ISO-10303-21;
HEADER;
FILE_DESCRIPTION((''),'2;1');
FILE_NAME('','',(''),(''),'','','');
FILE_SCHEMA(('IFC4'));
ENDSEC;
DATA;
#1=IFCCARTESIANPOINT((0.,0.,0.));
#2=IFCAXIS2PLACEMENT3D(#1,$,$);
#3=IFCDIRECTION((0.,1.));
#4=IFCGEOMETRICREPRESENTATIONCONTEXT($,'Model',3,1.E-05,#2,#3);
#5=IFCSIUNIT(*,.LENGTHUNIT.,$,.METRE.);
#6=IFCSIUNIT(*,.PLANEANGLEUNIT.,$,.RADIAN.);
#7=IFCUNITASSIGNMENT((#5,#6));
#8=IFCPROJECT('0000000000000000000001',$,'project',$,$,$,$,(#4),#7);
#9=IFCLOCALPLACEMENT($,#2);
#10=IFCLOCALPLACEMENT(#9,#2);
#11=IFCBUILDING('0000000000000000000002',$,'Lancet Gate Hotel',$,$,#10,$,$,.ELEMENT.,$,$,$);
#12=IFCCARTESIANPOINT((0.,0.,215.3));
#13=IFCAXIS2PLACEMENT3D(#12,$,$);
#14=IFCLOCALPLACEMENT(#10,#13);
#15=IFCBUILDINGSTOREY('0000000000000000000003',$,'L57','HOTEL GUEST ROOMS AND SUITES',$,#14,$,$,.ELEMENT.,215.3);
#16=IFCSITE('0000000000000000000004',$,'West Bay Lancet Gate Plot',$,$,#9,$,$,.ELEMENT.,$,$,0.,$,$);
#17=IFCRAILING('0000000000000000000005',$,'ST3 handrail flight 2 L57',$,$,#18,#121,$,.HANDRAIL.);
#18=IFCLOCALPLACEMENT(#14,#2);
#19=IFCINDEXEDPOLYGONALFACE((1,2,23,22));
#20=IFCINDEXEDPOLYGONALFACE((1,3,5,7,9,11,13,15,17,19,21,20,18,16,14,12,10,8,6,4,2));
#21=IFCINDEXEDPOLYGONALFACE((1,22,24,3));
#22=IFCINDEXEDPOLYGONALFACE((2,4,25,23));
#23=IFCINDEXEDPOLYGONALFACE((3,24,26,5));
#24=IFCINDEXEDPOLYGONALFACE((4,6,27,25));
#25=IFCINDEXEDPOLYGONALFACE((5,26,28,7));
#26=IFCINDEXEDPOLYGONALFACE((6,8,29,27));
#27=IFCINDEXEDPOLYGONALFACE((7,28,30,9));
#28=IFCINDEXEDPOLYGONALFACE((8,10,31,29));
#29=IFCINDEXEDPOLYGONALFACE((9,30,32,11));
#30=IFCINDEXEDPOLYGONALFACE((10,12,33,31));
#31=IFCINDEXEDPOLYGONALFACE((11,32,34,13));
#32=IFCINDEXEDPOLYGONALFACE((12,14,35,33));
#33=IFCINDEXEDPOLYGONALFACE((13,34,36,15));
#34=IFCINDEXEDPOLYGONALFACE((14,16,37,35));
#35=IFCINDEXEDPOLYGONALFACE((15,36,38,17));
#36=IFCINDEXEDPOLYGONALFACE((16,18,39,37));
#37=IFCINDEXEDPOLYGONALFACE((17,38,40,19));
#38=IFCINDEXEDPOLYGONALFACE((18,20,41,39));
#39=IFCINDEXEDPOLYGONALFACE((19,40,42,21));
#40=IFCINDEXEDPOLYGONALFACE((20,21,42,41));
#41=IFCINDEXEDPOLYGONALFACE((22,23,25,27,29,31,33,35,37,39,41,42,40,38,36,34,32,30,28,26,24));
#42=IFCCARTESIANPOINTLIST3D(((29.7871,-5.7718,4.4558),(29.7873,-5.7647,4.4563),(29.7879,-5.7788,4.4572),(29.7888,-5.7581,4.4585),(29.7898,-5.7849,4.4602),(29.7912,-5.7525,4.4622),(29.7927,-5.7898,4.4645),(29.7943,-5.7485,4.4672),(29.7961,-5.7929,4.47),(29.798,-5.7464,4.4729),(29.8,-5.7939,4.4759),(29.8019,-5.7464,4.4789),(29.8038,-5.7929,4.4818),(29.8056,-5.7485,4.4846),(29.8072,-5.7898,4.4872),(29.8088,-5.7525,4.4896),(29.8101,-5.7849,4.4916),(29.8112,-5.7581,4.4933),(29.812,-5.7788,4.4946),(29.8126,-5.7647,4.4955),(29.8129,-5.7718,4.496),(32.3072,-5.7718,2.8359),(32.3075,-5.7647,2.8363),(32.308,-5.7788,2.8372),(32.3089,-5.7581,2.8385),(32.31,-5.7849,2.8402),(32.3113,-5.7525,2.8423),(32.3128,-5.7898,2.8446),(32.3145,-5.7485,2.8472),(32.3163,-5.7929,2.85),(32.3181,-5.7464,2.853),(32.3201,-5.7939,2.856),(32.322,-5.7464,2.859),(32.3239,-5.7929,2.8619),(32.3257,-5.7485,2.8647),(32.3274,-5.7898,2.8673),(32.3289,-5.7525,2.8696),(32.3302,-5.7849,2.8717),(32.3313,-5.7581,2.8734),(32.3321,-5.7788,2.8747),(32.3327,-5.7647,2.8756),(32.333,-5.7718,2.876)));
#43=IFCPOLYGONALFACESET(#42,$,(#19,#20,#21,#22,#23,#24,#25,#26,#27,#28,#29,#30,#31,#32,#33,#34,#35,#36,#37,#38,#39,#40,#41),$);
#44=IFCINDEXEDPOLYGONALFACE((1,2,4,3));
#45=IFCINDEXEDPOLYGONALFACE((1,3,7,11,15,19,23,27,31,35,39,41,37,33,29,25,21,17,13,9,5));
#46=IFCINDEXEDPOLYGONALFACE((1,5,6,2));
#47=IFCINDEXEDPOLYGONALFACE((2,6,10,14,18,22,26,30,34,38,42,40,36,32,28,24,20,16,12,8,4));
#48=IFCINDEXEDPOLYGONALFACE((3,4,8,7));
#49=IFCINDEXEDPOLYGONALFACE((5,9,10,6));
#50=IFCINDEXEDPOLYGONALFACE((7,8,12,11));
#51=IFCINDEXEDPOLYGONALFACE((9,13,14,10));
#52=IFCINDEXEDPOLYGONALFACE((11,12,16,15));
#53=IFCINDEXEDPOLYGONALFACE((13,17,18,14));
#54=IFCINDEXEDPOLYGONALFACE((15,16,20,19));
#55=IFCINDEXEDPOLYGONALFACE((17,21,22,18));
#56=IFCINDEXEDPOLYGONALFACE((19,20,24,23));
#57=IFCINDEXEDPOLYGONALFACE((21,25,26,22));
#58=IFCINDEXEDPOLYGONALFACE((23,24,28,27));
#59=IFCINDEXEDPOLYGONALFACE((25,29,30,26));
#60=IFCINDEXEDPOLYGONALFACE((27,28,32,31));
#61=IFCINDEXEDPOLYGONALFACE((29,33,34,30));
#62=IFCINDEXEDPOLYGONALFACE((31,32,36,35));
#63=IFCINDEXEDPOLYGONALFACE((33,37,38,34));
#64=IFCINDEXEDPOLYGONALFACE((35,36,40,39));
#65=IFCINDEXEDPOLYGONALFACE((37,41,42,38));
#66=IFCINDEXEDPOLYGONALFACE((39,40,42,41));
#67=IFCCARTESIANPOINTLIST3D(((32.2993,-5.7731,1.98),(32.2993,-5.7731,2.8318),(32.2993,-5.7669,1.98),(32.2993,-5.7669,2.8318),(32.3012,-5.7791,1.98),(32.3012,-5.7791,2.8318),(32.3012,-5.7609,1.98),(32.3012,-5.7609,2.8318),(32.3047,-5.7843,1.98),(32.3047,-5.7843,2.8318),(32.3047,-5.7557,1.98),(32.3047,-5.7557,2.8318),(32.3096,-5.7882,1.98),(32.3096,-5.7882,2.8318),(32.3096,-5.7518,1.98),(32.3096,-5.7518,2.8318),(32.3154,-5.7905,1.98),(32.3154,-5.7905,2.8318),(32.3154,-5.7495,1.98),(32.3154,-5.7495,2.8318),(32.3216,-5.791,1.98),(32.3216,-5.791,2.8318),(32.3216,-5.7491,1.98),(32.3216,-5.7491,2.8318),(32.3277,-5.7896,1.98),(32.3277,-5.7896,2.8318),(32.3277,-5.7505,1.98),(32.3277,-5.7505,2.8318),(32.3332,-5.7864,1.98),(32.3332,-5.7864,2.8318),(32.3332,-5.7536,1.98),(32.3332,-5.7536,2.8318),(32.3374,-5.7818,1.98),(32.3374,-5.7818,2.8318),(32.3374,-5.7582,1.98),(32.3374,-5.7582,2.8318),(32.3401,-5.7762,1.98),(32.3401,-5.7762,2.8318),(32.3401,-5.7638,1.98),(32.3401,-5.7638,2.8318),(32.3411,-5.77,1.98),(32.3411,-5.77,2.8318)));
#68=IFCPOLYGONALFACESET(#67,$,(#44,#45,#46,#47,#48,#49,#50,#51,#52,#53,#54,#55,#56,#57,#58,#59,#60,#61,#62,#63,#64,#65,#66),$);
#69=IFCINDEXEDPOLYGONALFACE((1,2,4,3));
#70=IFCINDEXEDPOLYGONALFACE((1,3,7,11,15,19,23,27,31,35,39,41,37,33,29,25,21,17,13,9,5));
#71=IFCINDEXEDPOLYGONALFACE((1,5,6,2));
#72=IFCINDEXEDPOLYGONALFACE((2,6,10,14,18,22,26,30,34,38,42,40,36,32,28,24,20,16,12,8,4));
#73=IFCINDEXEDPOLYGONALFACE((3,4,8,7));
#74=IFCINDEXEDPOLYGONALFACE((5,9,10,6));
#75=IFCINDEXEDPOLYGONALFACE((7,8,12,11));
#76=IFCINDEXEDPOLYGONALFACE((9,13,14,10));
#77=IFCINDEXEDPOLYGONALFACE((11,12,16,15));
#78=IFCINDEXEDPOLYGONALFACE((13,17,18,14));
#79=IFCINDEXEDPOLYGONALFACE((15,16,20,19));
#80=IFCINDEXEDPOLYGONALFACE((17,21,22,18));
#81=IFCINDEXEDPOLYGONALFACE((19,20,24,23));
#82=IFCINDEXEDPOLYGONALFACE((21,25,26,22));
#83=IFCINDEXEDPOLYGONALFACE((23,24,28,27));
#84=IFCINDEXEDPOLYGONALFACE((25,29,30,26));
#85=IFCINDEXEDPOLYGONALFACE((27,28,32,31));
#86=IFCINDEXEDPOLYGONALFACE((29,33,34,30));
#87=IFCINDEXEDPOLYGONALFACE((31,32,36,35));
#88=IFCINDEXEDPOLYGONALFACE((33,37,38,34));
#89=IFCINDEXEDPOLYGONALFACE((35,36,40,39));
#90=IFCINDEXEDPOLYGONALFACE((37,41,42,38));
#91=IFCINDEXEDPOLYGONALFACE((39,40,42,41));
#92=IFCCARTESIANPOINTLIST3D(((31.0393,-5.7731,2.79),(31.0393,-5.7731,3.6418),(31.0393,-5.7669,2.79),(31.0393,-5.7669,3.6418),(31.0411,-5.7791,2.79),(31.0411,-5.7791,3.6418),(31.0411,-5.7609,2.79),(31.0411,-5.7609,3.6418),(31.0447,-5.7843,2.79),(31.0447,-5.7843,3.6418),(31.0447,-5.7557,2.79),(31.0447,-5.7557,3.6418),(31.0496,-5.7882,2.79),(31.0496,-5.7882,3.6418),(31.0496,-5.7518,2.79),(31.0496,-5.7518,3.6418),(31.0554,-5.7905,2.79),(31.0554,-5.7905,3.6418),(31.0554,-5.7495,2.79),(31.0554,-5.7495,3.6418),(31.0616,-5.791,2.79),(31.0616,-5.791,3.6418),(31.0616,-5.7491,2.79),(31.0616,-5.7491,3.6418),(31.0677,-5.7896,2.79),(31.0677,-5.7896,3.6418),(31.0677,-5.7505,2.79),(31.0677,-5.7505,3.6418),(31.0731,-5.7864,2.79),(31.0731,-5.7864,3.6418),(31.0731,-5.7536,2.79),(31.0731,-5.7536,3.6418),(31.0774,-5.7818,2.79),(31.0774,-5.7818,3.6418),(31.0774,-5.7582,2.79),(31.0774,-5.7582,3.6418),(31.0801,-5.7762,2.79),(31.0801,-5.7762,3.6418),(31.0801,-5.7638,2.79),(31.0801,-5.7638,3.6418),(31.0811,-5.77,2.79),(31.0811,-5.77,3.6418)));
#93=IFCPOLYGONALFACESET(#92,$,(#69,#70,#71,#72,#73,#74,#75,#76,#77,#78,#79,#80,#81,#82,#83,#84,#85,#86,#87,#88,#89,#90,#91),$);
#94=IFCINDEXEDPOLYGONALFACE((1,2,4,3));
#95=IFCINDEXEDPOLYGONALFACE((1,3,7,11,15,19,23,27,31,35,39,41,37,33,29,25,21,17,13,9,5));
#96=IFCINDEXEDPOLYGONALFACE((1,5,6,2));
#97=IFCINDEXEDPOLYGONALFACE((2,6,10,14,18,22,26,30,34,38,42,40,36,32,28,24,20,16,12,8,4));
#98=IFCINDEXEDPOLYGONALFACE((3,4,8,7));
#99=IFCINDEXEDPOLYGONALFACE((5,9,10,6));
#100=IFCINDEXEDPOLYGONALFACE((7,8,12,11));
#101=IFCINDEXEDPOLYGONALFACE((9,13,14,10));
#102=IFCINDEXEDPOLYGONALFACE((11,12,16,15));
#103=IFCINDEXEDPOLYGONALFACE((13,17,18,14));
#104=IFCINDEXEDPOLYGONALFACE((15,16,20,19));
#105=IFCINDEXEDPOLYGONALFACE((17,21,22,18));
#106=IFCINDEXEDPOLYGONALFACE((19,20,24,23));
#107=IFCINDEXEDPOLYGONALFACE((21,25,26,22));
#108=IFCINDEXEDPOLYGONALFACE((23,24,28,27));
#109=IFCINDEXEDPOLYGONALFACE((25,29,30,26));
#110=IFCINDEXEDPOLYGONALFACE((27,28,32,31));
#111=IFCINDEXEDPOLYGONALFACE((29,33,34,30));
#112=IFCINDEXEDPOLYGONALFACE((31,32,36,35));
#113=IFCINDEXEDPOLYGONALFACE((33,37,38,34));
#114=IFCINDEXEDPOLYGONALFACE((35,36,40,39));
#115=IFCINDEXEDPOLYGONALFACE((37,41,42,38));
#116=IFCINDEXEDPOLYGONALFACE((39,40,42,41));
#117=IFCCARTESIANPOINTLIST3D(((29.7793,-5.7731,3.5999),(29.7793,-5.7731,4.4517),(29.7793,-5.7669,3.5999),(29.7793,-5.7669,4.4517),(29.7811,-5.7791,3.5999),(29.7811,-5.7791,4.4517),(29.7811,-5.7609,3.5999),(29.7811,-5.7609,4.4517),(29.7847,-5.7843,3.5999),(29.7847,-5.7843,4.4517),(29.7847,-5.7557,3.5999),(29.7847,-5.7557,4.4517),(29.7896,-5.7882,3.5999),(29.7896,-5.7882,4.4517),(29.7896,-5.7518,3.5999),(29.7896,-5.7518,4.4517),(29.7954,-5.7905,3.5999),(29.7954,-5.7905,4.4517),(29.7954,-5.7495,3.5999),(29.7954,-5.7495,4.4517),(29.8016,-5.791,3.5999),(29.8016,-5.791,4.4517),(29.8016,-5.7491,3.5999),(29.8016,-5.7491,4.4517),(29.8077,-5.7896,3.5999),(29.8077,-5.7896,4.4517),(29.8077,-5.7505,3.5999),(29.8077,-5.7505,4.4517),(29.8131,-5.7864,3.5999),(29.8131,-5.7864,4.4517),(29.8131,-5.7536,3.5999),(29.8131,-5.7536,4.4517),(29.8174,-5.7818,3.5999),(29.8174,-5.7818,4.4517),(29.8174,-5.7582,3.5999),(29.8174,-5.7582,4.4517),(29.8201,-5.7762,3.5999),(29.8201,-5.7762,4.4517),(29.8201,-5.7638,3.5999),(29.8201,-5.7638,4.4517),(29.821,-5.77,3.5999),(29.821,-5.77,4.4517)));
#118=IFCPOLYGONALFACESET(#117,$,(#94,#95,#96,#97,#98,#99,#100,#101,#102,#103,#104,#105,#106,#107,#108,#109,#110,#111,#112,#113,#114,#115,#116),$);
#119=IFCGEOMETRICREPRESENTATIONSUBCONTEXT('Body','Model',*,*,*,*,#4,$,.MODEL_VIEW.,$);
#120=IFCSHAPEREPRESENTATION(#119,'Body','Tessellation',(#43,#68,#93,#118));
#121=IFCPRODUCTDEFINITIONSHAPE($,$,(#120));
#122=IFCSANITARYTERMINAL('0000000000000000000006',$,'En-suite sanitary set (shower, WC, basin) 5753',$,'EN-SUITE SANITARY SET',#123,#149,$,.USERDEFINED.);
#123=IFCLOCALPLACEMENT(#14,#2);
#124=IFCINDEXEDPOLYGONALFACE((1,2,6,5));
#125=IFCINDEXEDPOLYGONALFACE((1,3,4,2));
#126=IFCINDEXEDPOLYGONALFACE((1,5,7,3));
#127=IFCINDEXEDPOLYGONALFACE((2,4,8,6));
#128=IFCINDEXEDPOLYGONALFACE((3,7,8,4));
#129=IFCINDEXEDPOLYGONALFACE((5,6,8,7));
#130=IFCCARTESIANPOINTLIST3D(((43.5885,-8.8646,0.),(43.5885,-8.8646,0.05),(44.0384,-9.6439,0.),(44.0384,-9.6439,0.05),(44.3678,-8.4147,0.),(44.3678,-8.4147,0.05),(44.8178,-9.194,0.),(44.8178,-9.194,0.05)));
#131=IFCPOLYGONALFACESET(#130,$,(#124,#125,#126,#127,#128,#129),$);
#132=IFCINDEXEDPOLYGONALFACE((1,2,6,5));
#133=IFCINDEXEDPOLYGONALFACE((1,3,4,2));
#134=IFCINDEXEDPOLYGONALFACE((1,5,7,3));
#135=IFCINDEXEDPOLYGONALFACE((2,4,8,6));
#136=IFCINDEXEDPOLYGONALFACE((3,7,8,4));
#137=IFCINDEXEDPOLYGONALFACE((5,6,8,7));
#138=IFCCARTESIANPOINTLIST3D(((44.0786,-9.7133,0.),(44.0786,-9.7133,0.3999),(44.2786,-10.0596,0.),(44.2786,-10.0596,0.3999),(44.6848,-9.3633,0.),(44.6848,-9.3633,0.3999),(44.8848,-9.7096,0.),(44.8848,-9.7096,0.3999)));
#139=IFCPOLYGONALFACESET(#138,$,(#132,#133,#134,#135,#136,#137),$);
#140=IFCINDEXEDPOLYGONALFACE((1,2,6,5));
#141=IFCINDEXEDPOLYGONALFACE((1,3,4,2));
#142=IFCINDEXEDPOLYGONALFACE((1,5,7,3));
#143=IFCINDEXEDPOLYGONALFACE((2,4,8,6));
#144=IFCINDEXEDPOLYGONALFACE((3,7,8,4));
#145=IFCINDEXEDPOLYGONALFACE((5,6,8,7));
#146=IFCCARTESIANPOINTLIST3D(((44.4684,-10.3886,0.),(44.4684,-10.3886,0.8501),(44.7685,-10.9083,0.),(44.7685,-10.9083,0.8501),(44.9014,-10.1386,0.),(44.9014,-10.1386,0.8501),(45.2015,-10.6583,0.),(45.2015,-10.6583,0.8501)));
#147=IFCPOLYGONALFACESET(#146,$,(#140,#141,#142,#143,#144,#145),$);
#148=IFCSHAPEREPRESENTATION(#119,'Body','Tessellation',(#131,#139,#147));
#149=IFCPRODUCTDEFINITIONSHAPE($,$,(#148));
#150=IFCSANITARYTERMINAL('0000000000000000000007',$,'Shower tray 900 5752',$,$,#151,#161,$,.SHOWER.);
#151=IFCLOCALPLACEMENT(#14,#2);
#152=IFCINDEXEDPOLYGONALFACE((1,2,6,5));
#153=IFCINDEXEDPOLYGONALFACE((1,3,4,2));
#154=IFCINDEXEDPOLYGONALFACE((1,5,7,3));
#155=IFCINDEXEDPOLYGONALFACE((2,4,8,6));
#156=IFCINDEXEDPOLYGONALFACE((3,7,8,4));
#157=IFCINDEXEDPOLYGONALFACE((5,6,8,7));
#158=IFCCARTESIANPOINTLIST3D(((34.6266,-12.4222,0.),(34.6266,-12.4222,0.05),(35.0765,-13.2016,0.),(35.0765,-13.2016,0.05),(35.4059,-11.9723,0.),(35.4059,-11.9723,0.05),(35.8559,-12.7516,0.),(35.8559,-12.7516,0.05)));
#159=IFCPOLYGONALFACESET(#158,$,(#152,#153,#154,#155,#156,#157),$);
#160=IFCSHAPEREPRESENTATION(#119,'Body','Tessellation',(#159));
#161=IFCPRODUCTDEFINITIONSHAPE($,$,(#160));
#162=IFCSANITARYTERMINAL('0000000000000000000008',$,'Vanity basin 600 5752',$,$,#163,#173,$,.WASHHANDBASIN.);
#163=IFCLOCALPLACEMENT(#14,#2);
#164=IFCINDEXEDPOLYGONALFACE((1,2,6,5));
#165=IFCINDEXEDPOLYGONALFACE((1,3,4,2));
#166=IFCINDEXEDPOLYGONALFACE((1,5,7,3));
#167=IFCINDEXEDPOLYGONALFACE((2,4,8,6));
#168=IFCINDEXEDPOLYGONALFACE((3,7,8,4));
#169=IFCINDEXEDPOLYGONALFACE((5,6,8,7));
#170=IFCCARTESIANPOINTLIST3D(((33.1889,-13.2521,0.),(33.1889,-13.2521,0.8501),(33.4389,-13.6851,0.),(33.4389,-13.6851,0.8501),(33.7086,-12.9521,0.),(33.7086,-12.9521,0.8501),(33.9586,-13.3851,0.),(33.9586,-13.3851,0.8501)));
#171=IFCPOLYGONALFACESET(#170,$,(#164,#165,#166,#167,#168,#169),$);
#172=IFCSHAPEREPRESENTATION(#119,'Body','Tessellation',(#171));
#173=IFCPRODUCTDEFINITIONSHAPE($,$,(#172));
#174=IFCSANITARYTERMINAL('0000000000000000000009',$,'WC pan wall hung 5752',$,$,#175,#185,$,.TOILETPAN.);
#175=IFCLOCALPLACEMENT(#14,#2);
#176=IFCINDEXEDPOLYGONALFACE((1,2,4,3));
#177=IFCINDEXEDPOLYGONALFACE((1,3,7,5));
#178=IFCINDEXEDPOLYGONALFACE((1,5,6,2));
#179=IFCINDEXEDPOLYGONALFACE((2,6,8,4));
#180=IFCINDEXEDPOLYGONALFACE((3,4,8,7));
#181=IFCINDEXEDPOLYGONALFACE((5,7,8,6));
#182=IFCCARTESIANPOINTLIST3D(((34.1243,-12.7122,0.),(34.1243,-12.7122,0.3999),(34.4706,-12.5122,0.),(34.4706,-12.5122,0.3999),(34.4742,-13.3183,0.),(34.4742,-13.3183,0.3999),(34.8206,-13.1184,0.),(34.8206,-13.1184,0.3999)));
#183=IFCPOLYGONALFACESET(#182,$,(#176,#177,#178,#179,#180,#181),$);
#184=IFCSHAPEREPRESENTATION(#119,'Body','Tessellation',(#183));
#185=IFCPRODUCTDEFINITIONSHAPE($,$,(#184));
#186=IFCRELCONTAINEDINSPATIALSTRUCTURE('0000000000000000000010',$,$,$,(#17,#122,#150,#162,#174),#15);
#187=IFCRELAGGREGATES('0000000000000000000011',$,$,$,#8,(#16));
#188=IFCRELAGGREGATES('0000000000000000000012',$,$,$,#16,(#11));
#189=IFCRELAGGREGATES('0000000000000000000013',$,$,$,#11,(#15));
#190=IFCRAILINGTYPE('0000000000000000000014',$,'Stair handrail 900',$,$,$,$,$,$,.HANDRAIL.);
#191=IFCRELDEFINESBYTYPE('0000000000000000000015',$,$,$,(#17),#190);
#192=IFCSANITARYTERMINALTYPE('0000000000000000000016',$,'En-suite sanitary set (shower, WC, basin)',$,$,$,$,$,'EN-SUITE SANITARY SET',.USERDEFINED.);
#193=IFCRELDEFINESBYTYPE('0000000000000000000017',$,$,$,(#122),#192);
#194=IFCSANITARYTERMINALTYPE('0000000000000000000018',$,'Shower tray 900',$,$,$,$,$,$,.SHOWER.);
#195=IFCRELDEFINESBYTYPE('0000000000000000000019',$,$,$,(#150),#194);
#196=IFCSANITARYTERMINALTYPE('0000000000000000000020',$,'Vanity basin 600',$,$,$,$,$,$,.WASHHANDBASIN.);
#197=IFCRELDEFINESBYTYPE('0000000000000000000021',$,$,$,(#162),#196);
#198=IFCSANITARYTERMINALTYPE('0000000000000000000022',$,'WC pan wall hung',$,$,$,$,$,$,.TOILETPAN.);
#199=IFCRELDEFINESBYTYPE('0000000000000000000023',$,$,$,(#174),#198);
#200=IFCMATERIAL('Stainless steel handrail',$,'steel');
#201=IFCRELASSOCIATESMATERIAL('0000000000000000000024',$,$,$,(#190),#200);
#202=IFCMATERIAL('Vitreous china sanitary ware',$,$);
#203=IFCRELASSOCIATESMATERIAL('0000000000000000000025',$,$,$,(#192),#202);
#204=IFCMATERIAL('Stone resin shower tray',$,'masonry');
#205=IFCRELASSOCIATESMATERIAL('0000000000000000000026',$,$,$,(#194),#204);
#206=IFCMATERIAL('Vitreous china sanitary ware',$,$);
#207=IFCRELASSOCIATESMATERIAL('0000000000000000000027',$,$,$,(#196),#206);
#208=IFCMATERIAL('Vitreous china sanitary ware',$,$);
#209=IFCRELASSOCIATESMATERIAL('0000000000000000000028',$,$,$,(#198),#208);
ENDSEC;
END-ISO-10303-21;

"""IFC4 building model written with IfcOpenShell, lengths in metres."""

from ifc_helpers import new_model, si_unit, direction, frame, origin, origin_2d, place, context, subcontext, project, spatial, rectangle, circle, extrude, material, type_object, element, save


model = new_model("IFC4")

# Units and contexts
model_context = context("Model", 3, precision=1e-05, world=origin(), true_north=direction((0.0, 1.0)))
body_context = subcontext(model_context, "Body", "Model", "MODEL_VIEW")
ifc_project = project(units=[si_unit("LENGTHUNIT", "METRE"), si_unit("PLANEANGLEUNIT", "RADIAN")], contexts=[model_context])

# Site, building, storey
site_placement = place(None, origin())
site = spatial("IfcSite", under=ifc_project, at=site_placement, Name="West Bay Lancet Gate Plot", CompositionType="ELEMENT", RefElevation=0.0)
building_placement = place(site_placement, origin())
building = spatial("IfcBuilding", under=site, at=building_placement, Name="Lancet Gate Hotel", CompositionType="ELEMENT")
storey_placement = place(building_placement, frame((0.0, 0.0, 215.3)))
storey = spatial("IfcBuildingStorey", under=building, at=storey_placement, Name="L57", Description="HOTEL GUEST ROOMS AND SUITES", CompositionType="ELEMENT", Elevation=215.3)

# Railing
ifc_material_1 = material(Name="Stainless steel handrail", Category="steel")
railing_type = type_object("IfcRailingType", Name="Stair handrail 900", PredefinedType="HANDRAIL", material=ifc_material_1)
railing_placement = place(storey_placement, frame((32.3201, -5.77, 1.98)))
element("IfcRailing", 1, at=railing_placement, inside=storey, type_object=railing_type, Name="ST3 handrail flight 2 L57", PredefinedType="HANDRAIL", context=body_context, shape_type="SweptSolid", body=[
    extrude(circle(Radius=0.0239, at=origin_2d()), frame((0.0, 0.0, 0.876), z_axis=(-0.8412, 0.0, 0.540725), x_axis=(0.0, -1.0, 0.0)), (0.0, 0.0, 1.0), 2.9958),
    extrude(circle(Radius=0.021, at=origin_2d()), origin(), (0.0, 0.0, 1.0), 0.8518),
    extrude(circle(Radius=0.021, at=origin_2d()), frame((-1.26, 0.0, 0.8101)), (0.0, 0.0, 1.0), 0.8518),
    extrude(circle(Radius=0.021, at=origin_2d()), frame((-2.52, 0.0, 1.6199)), (0.0, 0.0, 1.0), 0.8518),
])

# Sanitary terminals
ifc_material_2 = material(Name="Vitreous china sanitary ware")
sanitary_terminal_type_1 = type_object("IfcSanitaryTerminalType", Name="En-suite sanitary set (shower, WC, basin)", ElementType="EN-SUITE SANITARY SET", PredefinedType="USERDEFINED", material=ifc_material_2)
sanitary_terminal_1_placement = place(storey_placement, frame((44.2031, -9.0293, 0.0), z_axis=(0.0, 0.0, 1.0), x_axis=(1.0, 0.0, 0.0)))
element("IfcSanitaryTerminal", 2, at=sanitary_terminal_1_placement, inside=storey, type_object=sanitary_terminal_type_1, Name="En-suite sanitary set (shower, WC, basin) 5753", ObjectType="EN-SUITE SANITARY SET", PredefinedType="USERDEFINED", context=body_context, shape_type="SweptSolid", body=[
    extrude(rectangle(XDim=0.8999, YDim=0.8999, at=origin_2d()), frame((0.0, 0.0, 0.0), z_axis=(0.0, 0.0, 1.0), x_axis=(-0.5, 0.866025, 0.0)), (0.0, 0.0, 1.0), 0.05),
    extrude(rectangle(XDim=0.3999, YDim=0.7, at=origin_2d()), frame((0.2786, -0.6821, 0.0), z_axis=(0.0, 0.0, 1.0), x_axis=(-0.5, 0.866025, 0.0)), (0.0, 0.0, 1.0), 0.3999),
    extrude(rectangle(XDim=0.6001, YDim=0.5, at=origin_2d()), frame((0.6318, -1.4941, 0.0), z_axis=(0.0, 0.0, 1.0), x_axis=(-0.5, 0.866025, 0.0)), (0.0, 0.0, 1.0), 0.8501),
])
ifc_material_3 = material(Name="Stone resin shower tray", Category="masonry")
sanitary_terminal_type_2 = type_object("IfcSanitaryTerminalType", Name="Shower tray 900", PredefinedType="SHOWER", material=ifc_material_3)
sanitary_terminal_2_placement = place(storey_placement, frame((35.2412, -12.5869, 0.0), z_axis=(0.0, 0.0, 1.0), x_axis=(0.866025, 0.5, 0.0)))
element("IfcSanitaryTerminal", 3, at=sanitary_terminal_2_placement, inside=storey, type_object=sanitary_terminal_type_2, Name="Shower tray 900 5752", PredefinedType="SHOWER", context=body_context, shape_type="SweptSolid", body=[
    extrude(rectangle(XDim=0.8999, YDim=0.8999, at=origin_2d()), origin(), (0.0, 0.0, 1.0), 0.05),
])
ifc_material_4 = material(Name="Vitreous china sanitary ware")
sanitary_terminal_type_3 = type_object("IfcSanitaryTerminalType", Name="Vanity basin 600", PredefinedType="WASHHANDBASIN", material=ifc_material_4)
sanitary_terminal_3_placement = place(storey_placement, frame((33.5737, -13.3186, 0.0), z_axis=(0.0, 0.0, 1.0), x_axis=(0.866025, 0.5, 0.0)))
element("IfcSanitaryTerminal", 4, at=sanitary_terminal_3_placement, inside=storey, type_object=sanitary_terminal_type_3, Name="Vanity basin 600 5752", PredefinedType="WASHHANDBASIN", context=body_context, shape_type="SweptSolid", body=[
    extrude(rectangle(XDim=0.6001, YDim=0.5, at=origin_2d()), origin(), (0.0, 0.0, 1.0), 0.8501),
])
ifc_material_5 = material(Name="Vitreous china sanitary ware")
sanitary_terminal_type_4 = type_object("IfcSanitaryTerminalType", Name="WC pan wall hung", PredefinedType="TOILETPAN", material=ifc_material_5)
sanitary_terminal_4_placement = place(storey_placement, frame((34.4724, -12.9153, 0.0), z_axis=(0.0, 0.0, 1.0), x_axis=(0.866025, 0.5, 0.0)))
element("IfcSanitaryTerminal", 5, at=sanitary_terminal_4_placement, inside=storey, type_object=sanitary_terminal_type_4, Name="WC pan wall hung 5752", PredefinedType="TOILETPAN", context=body_context, shape_type="SweptSolid", body=[
    extrude(rectangle(XDim=0.3999, YDim=0.7, at=origin_2d()), origin(), (0.0, 0.0, 1.0), 0.3999),
])

save(model, "model.ifc")
